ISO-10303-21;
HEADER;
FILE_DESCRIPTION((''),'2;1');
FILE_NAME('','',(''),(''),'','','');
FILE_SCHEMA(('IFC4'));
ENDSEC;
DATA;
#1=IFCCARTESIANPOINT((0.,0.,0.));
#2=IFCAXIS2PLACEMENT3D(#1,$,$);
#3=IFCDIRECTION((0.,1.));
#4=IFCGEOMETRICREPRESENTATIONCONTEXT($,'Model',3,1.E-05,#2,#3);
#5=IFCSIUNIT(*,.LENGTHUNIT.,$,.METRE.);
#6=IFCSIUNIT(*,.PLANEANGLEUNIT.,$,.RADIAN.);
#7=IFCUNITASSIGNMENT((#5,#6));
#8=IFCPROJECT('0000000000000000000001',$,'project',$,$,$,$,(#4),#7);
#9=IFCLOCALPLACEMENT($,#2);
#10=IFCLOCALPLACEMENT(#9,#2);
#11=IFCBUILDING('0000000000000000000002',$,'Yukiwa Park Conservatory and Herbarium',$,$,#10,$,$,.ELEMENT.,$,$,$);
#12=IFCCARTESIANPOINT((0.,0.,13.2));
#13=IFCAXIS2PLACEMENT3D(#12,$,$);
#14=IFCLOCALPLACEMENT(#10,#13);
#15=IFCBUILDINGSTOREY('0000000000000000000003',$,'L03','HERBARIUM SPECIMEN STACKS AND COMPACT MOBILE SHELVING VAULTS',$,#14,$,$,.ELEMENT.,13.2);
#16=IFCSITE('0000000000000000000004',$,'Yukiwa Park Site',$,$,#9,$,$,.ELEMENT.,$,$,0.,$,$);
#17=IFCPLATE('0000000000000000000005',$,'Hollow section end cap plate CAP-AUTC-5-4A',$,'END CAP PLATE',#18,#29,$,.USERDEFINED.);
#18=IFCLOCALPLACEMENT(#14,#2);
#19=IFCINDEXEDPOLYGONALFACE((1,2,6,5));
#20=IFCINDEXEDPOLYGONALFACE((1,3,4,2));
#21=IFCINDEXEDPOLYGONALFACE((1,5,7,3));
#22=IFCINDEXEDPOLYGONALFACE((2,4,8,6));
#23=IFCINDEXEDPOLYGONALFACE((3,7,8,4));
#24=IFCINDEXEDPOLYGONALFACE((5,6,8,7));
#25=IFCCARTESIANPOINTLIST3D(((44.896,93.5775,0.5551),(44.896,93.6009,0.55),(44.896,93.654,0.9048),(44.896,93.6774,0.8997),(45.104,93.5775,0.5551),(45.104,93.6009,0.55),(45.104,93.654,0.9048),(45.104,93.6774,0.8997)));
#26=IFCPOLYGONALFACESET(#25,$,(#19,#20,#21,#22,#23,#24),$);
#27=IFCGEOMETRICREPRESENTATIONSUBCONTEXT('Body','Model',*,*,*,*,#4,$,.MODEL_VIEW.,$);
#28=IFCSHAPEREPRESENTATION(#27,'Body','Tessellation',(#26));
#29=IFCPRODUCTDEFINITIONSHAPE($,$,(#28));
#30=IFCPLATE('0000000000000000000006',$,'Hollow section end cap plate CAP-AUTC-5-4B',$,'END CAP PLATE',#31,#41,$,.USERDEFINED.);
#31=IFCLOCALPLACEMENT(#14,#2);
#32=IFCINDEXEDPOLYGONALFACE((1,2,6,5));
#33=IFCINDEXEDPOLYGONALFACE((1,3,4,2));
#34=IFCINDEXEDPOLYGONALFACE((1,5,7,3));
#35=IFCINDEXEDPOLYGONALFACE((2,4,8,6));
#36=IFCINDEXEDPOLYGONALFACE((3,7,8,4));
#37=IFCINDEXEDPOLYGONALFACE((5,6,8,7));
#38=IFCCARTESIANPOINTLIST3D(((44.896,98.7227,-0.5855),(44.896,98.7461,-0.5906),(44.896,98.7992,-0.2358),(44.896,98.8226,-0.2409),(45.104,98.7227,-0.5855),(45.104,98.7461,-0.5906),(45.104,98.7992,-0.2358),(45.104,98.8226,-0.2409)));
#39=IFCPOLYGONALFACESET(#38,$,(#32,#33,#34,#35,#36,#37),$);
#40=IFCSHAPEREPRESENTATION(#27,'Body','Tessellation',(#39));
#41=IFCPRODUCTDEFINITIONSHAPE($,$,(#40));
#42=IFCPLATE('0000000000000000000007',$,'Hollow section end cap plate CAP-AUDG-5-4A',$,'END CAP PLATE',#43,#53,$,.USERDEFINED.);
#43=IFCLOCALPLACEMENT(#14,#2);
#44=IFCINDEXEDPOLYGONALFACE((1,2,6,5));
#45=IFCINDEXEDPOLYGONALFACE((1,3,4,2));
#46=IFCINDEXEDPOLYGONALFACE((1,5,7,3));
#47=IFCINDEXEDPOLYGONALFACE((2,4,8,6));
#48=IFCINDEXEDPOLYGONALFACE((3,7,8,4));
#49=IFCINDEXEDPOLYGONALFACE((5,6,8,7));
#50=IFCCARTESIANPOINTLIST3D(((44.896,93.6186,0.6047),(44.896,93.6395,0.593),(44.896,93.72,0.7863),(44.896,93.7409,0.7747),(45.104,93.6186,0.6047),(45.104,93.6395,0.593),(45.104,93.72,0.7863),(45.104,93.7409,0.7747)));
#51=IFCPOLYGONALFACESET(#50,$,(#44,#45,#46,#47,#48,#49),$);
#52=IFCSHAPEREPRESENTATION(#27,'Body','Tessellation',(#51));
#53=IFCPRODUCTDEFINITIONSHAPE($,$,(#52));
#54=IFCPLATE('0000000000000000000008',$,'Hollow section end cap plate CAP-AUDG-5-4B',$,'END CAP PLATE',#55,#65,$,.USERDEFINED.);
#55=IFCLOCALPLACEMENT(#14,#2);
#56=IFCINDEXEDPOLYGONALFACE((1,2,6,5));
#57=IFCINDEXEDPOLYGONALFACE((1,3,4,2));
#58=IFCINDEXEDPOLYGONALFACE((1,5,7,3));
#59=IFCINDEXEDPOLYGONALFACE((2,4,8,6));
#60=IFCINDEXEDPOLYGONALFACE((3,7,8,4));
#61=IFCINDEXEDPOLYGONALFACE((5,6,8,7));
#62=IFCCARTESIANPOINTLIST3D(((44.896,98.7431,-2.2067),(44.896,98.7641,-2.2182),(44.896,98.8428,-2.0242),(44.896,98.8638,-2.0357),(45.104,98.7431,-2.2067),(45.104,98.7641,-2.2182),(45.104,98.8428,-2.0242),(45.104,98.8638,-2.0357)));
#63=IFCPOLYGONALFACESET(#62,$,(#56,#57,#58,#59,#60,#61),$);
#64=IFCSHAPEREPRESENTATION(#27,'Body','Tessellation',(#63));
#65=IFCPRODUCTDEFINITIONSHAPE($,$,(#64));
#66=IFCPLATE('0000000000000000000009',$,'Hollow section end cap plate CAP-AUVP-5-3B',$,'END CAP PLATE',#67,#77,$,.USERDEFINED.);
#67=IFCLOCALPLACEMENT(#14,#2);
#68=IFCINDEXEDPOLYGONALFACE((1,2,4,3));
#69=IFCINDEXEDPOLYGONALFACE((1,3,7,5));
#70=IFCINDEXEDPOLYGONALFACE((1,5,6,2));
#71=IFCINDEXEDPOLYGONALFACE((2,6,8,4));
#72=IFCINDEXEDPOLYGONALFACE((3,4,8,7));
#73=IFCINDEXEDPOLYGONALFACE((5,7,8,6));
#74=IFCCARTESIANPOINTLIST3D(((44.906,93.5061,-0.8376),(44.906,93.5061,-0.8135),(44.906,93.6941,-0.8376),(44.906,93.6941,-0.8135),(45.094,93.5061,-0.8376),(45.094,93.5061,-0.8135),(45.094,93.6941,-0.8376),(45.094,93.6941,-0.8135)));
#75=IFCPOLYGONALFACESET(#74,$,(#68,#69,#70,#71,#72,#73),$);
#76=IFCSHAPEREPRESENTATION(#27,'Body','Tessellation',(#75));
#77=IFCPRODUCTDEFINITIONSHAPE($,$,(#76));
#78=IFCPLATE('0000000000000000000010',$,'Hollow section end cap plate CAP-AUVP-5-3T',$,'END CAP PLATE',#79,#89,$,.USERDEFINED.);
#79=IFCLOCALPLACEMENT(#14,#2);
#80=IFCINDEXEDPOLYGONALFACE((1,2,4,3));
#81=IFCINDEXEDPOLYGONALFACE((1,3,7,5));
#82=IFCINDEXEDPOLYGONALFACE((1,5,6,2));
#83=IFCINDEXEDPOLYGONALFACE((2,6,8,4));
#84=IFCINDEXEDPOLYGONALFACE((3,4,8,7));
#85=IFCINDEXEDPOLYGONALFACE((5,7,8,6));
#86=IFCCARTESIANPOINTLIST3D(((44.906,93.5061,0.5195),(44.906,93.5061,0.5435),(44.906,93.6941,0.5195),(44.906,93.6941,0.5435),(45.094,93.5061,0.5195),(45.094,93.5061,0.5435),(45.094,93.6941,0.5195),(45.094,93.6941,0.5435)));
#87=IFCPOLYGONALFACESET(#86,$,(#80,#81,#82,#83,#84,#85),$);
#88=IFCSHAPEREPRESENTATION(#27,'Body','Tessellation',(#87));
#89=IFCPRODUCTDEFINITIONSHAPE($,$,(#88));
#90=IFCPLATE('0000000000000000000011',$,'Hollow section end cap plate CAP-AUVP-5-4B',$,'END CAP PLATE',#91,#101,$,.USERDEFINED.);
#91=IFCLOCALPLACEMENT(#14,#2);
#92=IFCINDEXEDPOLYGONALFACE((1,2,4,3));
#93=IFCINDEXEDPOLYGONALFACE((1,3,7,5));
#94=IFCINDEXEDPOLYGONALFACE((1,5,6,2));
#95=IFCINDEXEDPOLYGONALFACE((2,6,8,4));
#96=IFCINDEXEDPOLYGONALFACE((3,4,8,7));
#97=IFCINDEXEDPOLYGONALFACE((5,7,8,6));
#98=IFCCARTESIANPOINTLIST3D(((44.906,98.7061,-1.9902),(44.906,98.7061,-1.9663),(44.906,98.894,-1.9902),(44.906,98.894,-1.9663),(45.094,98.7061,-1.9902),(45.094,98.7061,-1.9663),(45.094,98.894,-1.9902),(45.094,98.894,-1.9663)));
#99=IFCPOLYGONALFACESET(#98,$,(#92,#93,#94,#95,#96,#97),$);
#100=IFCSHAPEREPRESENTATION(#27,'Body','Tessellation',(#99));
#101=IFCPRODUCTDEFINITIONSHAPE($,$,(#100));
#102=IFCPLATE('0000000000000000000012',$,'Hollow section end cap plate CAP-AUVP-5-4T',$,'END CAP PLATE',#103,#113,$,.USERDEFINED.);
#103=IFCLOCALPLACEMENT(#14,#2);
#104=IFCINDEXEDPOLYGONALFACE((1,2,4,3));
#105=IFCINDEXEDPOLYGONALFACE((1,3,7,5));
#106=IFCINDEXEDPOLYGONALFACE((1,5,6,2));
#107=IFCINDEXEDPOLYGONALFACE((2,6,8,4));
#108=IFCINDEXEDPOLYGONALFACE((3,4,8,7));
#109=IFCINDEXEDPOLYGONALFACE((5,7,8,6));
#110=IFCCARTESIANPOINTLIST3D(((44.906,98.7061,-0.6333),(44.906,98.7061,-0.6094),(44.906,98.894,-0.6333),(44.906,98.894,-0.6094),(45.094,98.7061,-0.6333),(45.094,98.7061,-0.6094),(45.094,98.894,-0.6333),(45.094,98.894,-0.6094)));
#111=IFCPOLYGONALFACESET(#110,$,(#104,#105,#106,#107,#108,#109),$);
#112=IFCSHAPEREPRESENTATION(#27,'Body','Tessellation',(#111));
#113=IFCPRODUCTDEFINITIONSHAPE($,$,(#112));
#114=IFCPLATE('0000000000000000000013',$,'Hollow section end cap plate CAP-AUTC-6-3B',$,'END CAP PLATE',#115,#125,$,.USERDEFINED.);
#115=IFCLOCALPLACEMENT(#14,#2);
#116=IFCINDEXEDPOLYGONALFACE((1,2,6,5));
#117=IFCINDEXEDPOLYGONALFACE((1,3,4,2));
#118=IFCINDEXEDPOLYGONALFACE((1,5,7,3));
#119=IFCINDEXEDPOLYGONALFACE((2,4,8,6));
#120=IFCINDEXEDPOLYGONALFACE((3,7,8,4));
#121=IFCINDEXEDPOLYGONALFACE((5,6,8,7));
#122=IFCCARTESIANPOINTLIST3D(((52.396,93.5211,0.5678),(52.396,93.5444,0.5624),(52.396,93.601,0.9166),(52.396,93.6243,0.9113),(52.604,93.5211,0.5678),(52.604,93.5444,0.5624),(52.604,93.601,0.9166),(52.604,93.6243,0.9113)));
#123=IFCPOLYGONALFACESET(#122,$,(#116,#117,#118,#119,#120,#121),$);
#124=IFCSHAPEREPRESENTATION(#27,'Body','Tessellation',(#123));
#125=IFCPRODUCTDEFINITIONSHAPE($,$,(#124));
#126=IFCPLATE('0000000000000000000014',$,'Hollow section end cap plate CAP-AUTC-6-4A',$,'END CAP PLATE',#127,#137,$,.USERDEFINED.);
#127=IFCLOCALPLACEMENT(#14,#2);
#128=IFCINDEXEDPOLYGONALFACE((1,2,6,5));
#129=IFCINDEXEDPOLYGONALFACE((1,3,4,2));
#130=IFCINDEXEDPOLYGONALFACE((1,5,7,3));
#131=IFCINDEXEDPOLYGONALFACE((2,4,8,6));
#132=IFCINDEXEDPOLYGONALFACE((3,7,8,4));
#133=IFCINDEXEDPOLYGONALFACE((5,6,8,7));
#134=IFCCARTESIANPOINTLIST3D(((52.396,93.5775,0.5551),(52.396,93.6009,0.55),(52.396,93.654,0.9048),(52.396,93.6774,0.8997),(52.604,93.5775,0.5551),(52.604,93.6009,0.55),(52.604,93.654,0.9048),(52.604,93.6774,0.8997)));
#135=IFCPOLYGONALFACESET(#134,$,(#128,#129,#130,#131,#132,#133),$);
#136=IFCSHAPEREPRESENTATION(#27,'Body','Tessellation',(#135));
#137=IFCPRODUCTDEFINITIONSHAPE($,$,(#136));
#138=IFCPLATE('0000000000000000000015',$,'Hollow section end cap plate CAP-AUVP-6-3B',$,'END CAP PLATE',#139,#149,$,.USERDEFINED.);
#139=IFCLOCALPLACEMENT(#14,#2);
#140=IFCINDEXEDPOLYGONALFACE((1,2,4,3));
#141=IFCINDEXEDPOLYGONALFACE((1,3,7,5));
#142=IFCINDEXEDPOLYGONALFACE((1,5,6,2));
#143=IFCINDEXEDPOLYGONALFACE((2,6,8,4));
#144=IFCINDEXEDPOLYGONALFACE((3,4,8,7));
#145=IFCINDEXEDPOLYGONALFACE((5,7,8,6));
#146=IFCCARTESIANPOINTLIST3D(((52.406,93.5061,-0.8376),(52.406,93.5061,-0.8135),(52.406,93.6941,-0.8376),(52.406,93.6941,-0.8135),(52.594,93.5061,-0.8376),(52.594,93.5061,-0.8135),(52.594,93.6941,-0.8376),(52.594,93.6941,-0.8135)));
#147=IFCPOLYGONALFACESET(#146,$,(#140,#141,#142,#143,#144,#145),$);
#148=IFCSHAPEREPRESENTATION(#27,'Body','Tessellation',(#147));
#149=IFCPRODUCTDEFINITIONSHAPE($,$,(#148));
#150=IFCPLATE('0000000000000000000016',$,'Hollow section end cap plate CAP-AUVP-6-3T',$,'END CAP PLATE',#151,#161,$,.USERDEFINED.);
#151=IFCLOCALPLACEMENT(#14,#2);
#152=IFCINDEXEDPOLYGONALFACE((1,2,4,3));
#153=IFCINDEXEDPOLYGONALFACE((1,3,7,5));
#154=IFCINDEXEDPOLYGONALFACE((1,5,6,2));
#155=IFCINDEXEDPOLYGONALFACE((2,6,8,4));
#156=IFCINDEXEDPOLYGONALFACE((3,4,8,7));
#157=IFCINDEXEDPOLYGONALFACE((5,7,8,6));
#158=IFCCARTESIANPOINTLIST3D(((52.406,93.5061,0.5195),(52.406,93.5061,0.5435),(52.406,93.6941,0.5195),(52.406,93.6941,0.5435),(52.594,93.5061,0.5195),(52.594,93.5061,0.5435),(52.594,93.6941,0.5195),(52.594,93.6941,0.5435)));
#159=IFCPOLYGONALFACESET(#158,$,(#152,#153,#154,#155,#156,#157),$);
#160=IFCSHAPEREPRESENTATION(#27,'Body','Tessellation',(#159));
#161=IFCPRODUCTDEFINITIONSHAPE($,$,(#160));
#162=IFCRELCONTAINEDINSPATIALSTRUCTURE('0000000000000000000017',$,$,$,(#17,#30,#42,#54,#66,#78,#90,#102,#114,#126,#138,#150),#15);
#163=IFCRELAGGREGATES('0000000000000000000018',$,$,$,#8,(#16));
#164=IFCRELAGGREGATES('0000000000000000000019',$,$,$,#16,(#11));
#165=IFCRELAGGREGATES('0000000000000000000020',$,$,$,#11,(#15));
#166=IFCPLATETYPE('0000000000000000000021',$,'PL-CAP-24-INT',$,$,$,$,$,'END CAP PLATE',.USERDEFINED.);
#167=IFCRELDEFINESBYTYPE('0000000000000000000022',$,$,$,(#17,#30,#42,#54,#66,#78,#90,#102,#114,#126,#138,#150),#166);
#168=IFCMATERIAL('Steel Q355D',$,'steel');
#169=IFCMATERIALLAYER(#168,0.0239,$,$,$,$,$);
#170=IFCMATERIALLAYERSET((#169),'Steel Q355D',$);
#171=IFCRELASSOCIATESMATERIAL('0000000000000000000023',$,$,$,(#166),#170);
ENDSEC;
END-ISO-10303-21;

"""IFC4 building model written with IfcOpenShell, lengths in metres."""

from ifc_helpers import new_model, si_unit, direction, frame, origin, origin_2d, place, context, subcontext, project, spatial, rectangle, extrude, material, layer, layer_set, type_object, element, save


model = new_model("IFC4")

# Units and contexts
model_context = context("Model", 3, precision=1e-05, world=origin(), true_north=direction((0.0, 1.0)))
body_context = subcontext(model_context, "Body", "Model", "MODEL_VIEW")
ifc_project = project(units=[si_unit("LENGTHUNIT", "METRE"), si_unit("PLANEANGLEUNIT", "RADIAN")], contexts=[model_context])

# Site, building, storey
site_placement = place(None, origin())
site = spatial("IfcSite", under=ifc_project, at=site_placement, Name="Yukiwa Park Site", CompositionType="ELEMENT", RefElevation=0.0)
building_placement = place(site_placement, origin())
building = spatial("IfcBuilding", under=site, at=building_placement, Name="Yukiwa Park Conservatory and Herbarium", CompositionType="ELEMENT")
storey_placement = place(building_placement, frame((0.0, 0.0, 13.2)))
storey = spatial("IfcBuildingStorey", under=building, at=storey_placement, Name="L03", Description="HERBARIUM SPECIMEN STACKS AND COMPACT MOBILE SHELVING VAULTS", CompositionType="ELEMENT", Elevation=13.2)

# Plates
ifc_material_1 = material(Name="Steel Q355D", Category="steel")
ifc_layer = layer(ifc_material_1, 0.0239)
ifc_layer_set = layer_set([ifc_layer], Name="Steel Q355D")
plate_type = type_object("IfcPlateType", Name="PL-CAP-24-INT", ElementType="END CAP PLATE", PredefinedType="USERDEFINED", material=ifc_layer_set)
for number, where, z_axis, x_axis, name in (
    (1, (45.0, 93.6392, 0.7249), (0.0, -0.9769, 0.213697), (1.0, 0.0, 0.0), "Hollow section end cap plate CAP-AUTC-5-4A"),
    (2, (45.0, 98.761, -0.4106), (0.0, 0.9769, -0.213697), (-1.0, 0.0, 0.0), "Hollow section end cap plate CAP-AUTC-5-4B"),
):
    element("IfcPlate", number, at=place(storey_placement, frame(where, z_axis=z_axis, x_axis=x_axis)), inside=storey, type_object=plate_type, Name=name, ObjectType="END CAP PLATE", PredefinedType="USERDEFINED", context=body_context, shape_type="SweptSolid", body=[
        extrude(rectangle(XDim=0.208, YDim=0.3579, at=origin_2d()), origin(), (0.0, 0.0, 1.0), 0.0239),
    ])
for number, where, z_axis, x_axis, name in (
    (3, (45.0, 93.6902, 0.6838), (0.0, -0.873198, 0.487366), (1.0, 0.0, 0.0), "Hollow section end cap plate CAP-AUDG-5-4A"),
    (4, (45.0, 98.793, -2.1155), (0.0, 0.877505, -0.479567), (-1.0, 0.0, 0.0), "Hollow section end cap plate CAP-AUDG-5-4B"),
):
    element("IfcPlate", number, at=place(storey_placement, frame(where, z_axis=z_axis, x_axis=x_axis)), inside=storey, type_object=plate_type, Name=name, ObjectType="END CAP PLATE", PredefinedType="USERDEFINED", context=body_context, shape_type="SweptSolid", body=[
        extrude(rectangle(XDim=0.208, YDim=0.208, at=origin_2d()), origin(), (0.0, 0.0, 1.0), 0.0239),
    ])
plate_1_placement = place(storey_placement, frame((45.0, 93.6001, -0.8135), z_axis=(0.0, 0.0, -1.0), x_axis=(1.0, 0.0, 0.0)))
element("IfcPlate", 5, at=plate_1_placement, inside=storey, type_object=plate_type, Name="Hollow section end cap plate CAP-AUVP-5-3B", ObjectType="END CAP PLATE", PredefinedType="USERDEFINED", context=body_context, shape_type="SweptSolid", body=[
    extrude(rectangle(XDim=0.188, YDim=0.188, at=origin_2d()), origin(), (0.0, 0.0, 1.0), 0.0242),
])
for number, where, z_axis, x_axis, name in (
    (6, (45.0, 93.6001, 0.5195), (0.0, 0.0, 1.0), (1.0, 0.0, 0.0), "Hollow section end cap plate CAP-AUVP-5-3T"),
    (7, (45.0, 98.8, -1.9663), (0.0, 0.0, -1.0), (1.0, 0.0, 0.0), "Hollow section end cap plate CAP-AUVP-5-4B"),
    (8, (45.0, 98.8, -0.6333), (0.0, 0.0, 1.0), (1.0, 0.0, 0.0), "Hollow section end cap plate CAP-AUVP-5-4T"),
):
    element("IfcPlate", number, at=place(storey_placement, frame(where, z_axis=z_axis, x_axis=x_axis)), inside=storey, type_object=plate_type, Name=name, ObjectType="END CAP PLATE", PredefinedType="USERDEFINED", context=body_context, shape_type="SweptSolid", body=[
        extrude(rectangle(XDim=0.188, YDim=0.188, at=origin_2d()), origin(), (0.0, 0.0, 1.0), 0.0239),
    ])
for number, where, z_axis, x_axis, name in (
    (9, (52.5, 93.561, 0.7422), (0.0, 0.974732, -0.223376), (-1.0, 0.0, 0.0), "Hollow section end cap plate CAP-AUTC-6-3B"),
    (10, (52.5, 93.6392, 0.7249), (0.0, -0.9769, 0.213697), (1.0, 0.0, 0.0), "Hollow section end cap plate CAP-AUTC-6-4A"),
):
    element("IfcPlate", number, at=place(storey_placement, frame(where, z_axis=z_axis, x_axis=x_axis)), inside=storey, type_object=plate_type, Name=name, ObjectType="END CAP PLATE", PredefinedType="USERDEFINED", context=body_context, shape_type="SweptSolid", body=[
        extrude(rectangle(XDim=0.208, YDim=0.3579, at=origin_2d()), origin(), (0.0, 0.0, 1.0), 0.0239),
    ])
plate_2_placement = place(storey_placement, frame((52.5, 93.6001, -0.8135), z_axis=(0.0, 0.0, -1.0), x_axis=(1.0, 0.0, 0.0)))
element("IfcPlate", 11, at=plate_2_placement, inside=storey, type_object=plate_type, Name="Hollow section end cap plate CAP-AUVP-6-3B", ObjectType="END CAP PLATE", PredefinedType="USERDEFINED", context=body_context, shape_type="SweptSolid", body=[
    extrude(rectangle(XDim=0.188, YDim=0.188, at=origin_2d()), origin(), (0.0, 0.0, 1.0), 0.0242),
])
plate_3_placement = place(storey_placement, frame((52.5, 93.6001, 0.5195), z_axis=(0.0, 0.0, 1.0), x_axis=(1.0, 0.0, 0.0)))
element("IfcPlate", 12, at=plate_3_placement, inside=storey, type_object=plate_type, Name="Hollow section end cap plate CAP-AUVP-6-3T", ObjectType="END CAP PLATE", PredefinedType="USERDEFINED", context=body_context, shape_type="SweptSolid", body=[
    extrude(rectangle(XDim=0.188, YDim=0.188, at=origin_2d()), origin(), (0.0, 0.0, 1.0), 0.0239),
])

save(model, "model.ifc")
